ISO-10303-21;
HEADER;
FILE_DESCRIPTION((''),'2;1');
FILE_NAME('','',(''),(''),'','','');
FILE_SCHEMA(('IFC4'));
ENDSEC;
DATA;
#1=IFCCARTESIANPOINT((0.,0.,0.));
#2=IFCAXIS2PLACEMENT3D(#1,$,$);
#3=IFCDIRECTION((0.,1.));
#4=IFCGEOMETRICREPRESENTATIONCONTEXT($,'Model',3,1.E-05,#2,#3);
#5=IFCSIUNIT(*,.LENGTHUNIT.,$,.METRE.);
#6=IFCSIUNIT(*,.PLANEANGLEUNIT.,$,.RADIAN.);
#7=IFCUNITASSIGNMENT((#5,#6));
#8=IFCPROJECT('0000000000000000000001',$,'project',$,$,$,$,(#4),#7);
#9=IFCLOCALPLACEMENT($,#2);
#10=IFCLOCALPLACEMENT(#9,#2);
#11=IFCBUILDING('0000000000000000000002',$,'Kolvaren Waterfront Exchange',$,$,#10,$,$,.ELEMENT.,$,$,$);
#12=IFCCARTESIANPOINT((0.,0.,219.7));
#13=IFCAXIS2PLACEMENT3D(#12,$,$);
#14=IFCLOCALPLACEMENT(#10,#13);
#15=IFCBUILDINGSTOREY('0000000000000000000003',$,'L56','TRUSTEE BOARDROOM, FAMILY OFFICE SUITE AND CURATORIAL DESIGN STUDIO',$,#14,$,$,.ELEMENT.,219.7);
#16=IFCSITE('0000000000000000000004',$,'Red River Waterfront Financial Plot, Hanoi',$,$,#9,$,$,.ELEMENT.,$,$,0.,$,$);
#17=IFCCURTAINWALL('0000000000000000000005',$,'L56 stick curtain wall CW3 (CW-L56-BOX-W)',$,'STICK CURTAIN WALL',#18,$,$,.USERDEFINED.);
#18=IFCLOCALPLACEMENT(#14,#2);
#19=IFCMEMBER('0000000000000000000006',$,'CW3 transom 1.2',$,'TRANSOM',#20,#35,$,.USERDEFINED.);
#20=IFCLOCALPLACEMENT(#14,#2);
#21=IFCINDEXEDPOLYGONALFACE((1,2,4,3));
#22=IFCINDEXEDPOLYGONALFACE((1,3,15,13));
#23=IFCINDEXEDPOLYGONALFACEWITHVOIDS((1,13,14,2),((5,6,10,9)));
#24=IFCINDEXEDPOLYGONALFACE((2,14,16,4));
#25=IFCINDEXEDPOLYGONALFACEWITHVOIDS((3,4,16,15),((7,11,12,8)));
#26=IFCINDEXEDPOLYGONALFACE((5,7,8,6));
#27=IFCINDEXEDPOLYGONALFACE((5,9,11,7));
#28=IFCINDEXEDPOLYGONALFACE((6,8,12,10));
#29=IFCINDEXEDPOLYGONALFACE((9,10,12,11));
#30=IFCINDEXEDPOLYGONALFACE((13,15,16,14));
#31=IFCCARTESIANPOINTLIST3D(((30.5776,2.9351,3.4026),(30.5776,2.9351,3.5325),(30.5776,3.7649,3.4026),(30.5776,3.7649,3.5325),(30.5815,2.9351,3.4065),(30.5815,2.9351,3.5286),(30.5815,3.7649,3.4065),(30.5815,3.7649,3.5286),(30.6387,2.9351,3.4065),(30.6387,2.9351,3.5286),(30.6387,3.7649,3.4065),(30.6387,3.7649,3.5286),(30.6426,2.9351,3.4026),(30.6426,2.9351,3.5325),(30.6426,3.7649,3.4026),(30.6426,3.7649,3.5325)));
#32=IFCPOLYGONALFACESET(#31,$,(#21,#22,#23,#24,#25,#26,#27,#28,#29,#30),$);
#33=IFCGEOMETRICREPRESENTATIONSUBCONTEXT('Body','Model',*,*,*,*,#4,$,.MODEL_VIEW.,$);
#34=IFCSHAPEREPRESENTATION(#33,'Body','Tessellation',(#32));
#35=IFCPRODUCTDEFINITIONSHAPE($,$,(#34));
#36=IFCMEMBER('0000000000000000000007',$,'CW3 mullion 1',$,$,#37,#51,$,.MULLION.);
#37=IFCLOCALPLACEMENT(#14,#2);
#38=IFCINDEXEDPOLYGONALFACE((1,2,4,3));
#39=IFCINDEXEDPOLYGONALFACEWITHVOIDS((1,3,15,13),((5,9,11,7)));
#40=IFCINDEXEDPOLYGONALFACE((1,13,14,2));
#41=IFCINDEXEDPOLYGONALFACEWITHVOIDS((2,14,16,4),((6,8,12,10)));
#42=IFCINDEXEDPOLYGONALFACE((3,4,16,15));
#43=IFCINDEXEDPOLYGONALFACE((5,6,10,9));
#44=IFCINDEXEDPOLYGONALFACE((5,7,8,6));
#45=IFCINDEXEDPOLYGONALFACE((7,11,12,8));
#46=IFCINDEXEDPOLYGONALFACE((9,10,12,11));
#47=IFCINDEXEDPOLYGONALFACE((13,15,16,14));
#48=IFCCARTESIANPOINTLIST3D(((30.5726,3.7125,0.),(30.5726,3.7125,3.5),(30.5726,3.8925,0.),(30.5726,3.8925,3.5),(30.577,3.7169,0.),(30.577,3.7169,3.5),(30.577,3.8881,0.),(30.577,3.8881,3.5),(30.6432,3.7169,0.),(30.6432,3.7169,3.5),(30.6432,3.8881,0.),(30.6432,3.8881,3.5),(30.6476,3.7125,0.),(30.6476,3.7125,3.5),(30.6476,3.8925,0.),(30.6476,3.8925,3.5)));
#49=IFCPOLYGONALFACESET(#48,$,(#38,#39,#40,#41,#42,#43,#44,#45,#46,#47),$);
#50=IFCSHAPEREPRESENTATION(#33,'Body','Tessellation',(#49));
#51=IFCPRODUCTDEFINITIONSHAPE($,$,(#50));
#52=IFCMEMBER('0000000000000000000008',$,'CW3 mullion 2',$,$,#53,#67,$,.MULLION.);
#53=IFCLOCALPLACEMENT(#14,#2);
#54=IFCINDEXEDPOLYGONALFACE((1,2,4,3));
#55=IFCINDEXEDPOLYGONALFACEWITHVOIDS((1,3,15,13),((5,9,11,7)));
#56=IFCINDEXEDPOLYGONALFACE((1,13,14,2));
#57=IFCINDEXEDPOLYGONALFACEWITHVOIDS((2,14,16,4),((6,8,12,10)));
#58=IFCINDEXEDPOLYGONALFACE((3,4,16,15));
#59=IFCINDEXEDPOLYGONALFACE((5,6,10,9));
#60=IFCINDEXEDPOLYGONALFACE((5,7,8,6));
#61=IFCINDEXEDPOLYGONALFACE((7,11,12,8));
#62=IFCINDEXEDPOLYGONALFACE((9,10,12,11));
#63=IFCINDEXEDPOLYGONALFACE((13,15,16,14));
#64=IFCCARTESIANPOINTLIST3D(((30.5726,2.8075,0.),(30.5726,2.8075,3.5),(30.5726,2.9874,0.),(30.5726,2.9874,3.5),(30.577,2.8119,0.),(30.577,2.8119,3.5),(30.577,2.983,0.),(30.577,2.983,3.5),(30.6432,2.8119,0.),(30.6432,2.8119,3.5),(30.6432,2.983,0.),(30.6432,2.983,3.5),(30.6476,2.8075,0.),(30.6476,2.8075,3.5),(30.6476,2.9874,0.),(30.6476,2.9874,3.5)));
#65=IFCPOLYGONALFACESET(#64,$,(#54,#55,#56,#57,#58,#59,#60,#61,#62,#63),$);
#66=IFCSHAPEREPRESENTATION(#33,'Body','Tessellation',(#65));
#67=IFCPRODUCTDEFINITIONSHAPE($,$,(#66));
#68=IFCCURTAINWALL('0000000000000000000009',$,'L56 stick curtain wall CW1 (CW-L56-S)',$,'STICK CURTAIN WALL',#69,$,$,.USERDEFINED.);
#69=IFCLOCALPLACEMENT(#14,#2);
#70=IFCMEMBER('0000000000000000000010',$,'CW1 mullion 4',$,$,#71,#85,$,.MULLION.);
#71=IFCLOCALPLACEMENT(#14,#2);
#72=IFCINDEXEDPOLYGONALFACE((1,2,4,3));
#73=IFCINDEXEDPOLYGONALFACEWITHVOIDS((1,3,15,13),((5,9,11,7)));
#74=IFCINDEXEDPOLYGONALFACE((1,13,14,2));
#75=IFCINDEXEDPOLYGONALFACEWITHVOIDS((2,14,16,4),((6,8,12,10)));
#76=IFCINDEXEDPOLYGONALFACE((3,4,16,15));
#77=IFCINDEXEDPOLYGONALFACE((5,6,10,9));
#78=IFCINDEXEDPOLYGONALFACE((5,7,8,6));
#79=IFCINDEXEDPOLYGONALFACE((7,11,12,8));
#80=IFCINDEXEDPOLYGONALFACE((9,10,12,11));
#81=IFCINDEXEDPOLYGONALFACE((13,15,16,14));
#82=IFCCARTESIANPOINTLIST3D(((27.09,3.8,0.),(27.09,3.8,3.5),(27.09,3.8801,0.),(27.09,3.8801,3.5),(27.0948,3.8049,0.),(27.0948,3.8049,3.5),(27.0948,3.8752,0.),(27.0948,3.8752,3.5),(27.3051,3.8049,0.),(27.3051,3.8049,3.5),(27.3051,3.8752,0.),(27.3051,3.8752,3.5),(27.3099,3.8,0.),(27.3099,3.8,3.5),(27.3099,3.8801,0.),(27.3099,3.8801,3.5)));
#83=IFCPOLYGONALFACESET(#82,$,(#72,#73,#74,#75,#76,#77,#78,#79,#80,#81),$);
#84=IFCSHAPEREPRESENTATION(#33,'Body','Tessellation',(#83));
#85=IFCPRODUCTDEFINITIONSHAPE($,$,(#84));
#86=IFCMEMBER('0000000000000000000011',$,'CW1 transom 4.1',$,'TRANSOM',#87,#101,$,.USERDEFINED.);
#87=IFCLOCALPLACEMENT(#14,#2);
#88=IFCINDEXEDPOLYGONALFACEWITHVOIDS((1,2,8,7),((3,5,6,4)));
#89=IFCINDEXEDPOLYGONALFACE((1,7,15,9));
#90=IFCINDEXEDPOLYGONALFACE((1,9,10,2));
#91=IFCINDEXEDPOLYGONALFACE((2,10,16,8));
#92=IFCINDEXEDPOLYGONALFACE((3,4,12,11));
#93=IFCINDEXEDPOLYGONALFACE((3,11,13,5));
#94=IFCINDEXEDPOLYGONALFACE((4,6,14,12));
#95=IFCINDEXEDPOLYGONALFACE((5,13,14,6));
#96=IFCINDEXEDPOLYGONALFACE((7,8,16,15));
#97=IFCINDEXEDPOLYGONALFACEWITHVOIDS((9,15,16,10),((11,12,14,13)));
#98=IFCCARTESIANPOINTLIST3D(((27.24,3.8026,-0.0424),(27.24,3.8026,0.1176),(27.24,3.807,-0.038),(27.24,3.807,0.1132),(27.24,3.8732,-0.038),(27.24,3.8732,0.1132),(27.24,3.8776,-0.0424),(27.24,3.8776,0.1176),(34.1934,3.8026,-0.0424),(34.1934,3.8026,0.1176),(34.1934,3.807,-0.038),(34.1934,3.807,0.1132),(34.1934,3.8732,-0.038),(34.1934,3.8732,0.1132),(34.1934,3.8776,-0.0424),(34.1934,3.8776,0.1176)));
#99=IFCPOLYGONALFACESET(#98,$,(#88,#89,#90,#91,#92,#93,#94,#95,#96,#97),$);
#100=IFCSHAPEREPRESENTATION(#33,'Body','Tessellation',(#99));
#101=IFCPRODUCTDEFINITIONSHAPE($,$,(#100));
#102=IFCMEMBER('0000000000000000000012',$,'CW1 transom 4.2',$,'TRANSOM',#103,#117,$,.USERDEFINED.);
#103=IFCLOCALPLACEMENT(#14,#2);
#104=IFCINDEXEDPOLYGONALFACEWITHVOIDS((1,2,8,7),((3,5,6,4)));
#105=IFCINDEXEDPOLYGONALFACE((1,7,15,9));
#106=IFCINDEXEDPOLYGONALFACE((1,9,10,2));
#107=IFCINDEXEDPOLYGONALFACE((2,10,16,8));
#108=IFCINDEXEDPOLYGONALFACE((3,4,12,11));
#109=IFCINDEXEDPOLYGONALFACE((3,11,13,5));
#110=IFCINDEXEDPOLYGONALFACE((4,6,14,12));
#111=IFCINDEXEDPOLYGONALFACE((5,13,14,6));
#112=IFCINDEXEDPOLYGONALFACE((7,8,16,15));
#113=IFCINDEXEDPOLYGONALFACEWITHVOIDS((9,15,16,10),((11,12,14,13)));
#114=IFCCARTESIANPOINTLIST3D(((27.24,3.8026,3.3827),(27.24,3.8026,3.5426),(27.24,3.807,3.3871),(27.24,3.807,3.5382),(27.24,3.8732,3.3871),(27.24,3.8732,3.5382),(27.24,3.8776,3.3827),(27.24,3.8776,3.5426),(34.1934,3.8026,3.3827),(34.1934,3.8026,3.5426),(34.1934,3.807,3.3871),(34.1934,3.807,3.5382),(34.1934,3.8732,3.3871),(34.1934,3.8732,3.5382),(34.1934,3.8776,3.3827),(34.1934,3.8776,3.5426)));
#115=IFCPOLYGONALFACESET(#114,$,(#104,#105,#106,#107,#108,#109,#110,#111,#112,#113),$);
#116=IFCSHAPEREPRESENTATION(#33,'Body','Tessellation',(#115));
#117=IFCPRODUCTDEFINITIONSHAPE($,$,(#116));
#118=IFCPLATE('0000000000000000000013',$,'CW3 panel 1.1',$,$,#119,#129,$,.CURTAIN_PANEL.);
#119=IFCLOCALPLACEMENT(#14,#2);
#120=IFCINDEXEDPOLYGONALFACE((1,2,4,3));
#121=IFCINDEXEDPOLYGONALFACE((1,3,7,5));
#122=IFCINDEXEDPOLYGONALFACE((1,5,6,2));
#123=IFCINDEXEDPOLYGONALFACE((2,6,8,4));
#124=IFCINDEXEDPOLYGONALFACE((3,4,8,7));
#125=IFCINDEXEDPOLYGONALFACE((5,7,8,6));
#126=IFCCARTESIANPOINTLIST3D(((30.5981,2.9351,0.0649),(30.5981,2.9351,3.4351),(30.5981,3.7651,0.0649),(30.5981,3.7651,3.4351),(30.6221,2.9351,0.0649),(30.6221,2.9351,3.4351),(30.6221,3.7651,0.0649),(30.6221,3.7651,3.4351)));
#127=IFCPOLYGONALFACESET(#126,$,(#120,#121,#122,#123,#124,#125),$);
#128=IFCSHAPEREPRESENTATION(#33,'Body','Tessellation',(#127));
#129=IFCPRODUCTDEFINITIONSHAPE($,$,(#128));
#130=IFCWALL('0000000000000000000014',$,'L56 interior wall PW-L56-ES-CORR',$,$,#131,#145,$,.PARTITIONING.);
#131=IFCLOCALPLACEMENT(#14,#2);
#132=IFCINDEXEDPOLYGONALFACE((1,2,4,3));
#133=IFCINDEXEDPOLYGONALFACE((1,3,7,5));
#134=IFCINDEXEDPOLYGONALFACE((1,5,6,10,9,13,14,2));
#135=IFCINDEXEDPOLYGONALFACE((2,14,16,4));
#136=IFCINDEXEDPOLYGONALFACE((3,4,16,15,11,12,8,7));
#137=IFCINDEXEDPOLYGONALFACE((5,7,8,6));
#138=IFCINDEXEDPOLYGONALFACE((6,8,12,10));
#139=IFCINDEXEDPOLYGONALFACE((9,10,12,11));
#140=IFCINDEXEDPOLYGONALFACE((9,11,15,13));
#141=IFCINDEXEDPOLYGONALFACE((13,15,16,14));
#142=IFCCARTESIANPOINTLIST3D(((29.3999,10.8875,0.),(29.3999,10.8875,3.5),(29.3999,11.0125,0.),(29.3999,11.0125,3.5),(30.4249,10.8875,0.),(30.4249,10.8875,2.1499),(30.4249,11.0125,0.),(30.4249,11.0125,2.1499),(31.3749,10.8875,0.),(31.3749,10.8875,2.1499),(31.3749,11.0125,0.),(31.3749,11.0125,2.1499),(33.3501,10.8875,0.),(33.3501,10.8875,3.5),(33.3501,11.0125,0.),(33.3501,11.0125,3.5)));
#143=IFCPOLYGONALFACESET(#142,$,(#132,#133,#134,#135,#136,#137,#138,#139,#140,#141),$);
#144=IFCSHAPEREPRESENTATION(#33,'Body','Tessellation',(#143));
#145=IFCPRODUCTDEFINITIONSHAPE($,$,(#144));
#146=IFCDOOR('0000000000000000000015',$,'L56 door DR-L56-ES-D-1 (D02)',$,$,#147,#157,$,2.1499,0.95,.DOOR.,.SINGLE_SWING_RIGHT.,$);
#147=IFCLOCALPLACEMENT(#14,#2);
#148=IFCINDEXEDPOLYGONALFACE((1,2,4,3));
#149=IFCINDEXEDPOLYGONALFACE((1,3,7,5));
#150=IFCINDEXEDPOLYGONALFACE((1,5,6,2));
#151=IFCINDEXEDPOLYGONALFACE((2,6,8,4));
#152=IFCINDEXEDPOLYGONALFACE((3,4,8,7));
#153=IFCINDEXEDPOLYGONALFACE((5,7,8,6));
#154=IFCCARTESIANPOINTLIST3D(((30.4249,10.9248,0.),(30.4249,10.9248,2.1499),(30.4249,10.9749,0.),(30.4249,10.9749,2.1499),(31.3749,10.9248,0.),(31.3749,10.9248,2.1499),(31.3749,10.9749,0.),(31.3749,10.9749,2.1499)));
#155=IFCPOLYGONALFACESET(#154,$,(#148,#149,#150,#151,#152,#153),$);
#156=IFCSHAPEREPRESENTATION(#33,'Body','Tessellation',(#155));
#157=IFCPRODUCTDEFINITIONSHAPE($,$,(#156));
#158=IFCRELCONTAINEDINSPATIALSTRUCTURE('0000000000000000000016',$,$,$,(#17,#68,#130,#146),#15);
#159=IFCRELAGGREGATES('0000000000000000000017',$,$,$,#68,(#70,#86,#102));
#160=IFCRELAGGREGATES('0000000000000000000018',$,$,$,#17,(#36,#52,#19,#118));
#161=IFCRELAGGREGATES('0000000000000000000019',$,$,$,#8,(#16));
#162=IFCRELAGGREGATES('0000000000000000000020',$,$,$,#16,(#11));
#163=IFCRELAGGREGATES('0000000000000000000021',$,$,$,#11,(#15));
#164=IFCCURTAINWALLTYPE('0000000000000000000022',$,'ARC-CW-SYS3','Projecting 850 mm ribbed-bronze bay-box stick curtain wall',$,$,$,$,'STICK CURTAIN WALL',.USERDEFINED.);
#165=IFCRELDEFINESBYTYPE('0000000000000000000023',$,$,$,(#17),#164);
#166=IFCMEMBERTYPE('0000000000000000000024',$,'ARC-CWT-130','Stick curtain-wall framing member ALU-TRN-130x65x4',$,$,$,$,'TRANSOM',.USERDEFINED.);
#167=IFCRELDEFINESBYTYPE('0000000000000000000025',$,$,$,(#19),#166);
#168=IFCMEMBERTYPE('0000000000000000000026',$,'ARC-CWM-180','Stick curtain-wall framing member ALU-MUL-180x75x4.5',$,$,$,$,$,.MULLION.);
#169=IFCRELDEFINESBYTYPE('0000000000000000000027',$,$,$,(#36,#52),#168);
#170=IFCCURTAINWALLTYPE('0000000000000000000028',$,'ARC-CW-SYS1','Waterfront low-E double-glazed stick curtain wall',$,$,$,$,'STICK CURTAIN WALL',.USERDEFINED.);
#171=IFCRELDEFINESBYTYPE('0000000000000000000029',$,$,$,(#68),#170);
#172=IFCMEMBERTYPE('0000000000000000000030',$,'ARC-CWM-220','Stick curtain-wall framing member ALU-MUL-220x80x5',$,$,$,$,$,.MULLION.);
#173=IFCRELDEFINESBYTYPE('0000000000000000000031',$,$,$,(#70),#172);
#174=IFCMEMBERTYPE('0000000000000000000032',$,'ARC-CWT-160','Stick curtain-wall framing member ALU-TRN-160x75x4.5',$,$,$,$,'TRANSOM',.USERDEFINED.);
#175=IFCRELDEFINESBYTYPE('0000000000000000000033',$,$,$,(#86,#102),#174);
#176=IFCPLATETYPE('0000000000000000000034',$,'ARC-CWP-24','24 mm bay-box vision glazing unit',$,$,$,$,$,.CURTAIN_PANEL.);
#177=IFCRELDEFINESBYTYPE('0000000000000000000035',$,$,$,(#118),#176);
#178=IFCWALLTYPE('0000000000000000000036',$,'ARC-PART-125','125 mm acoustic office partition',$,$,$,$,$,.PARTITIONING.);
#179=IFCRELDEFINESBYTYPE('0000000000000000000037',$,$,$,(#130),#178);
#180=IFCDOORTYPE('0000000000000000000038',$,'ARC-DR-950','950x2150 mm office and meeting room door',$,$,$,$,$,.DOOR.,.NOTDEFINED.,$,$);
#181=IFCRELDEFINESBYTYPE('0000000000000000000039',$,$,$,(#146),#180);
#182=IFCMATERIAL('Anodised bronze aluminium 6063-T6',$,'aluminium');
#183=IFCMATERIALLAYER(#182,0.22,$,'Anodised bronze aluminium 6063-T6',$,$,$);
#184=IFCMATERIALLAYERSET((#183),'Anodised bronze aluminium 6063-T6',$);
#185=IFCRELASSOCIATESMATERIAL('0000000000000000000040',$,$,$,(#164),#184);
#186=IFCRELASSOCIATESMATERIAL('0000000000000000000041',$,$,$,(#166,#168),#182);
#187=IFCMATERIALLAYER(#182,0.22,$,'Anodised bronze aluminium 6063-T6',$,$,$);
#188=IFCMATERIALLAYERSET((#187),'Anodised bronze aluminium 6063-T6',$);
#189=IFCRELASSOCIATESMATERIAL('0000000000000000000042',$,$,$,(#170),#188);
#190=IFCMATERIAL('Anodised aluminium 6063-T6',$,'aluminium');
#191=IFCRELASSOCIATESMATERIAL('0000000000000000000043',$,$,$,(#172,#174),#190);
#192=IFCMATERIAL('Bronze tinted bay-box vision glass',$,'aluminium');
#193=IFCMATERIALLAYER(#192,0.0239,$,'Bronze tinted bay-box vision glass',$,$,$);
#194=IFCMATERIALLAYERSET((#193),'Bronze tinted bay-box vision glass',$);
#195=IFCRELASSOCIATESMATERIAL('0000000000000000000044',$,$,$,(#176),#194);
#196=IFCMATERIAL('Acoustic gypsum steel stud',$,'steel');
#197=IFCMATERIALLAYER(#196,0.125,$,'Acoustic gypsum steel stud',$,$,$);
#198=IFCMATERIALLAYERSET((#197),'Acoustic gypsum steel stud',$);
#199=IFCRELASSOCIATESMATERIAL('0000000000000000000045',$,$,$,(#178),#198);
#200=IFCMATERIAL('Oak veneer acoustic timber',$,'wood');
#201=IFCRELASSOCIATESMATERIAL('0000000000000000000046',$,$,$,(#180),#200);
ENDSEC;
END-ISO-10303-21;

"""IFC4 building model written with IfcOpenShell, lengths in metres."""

from ifc_helpers import new_model, si_unit, direction, frame, frame_2d, origin, origin_with_axes, origin_2d, place, context, subcontext, project, spatial, rectangle, hollow_rectangle, extrude, source, transform, mapped, material, layer, layer_set, material_profile, profile_set, type_object, element, fill, aggregate, save


model = new_model("IFC4")

# Units and contexts
model_context = context("Model", 3, precision=1e-05, world=origin(), true_north=direction((0.0, 1.0)))
body_context = subcontext(model_context, "Body", "Model", "MODEL_VIEW")
ifc_project = project(units=[si_unit("LENGTHUNIT", "METRE"), si_unit("PLANEANGLEUNIT", "RADIAN")], contexts=[model_context])

# Site, building, storey
site_placement = place(None, origin())
site = spatial("IfcSite", under=ifc_project, at=site_placement, Name="Red River Waterfront Financial Plot, Hanoi", CompositionType="ELEMENT", RefElevation=0.0)
building_placement = place(site_placement, origin())
building = spatial("IfcBuilding", under=site, at=building_placement, Name="Kolvaren Waterfront Exchange", CompositionType="ELEMENT")
storey_placement = place(building_placement, frame((0.0, 0.0, 219.7)))
storey = spatial("IfcBuildingStorey", under=building, at=storey_placement, Name="L56", Description="TRUSTEE BOARDROOM, FAMILY OFFICE SUITE AND CURATORIAL DESIGN STUDIO", CompositionType="ELEMENT", Elevation=219.7)

# Curtain walls, members
ifc_material_1 = material(Name="Anodised bronze aluminium 6063-T6", Category="aluminium")
ifc_layer_1 = layer(ifc_material_1, 0.22, Name="Anodised bronze aluminium 6063-T6")
ifc_layer_set_1 = layer_set([ifc_layer_1], Name="Anodised bronze aluminium 6063-T6")
curtain_wall_type_1 = type_object("IfcCurtainWallType", Name="ARC-CW-SYS3", Description="Projecting 850 mm ribbed-bronze bay-box stick curtain wall", ElementType="STICK CURTAIN WALL", PredefinedType="USERDEFINED", material=ifc_layer_set_1)
curtain_wall_1_placement = place(storey_placement, origin())
curtain_wall_1 = element("IfcCurtainWall", 1, at=curtain_wall_1_placement, inside=storey, type_object=curtain_wall_type_1, Name="L56 stick curtain wall CW3 (CW-L56-BOX-W)", ObjectType="STICK CURTAIN WALL", PredefinedType="USERDEFINED")
ifc_material_profile_1 = material_profile(ifc_material_1, hollow_rectangle(XDim=0.0649, YDim=0.1299, WallThickness=0.0039, at=origin_2d()), Name="ALU-TRN-130x65x4")
ifc_profile_set_1 = profile_set([ifc_material_profile_1], Name="Anodised bronze aluminium 6063-T6")
member_type_1 = type_object("IfcMemberType", Name="ARC-CWT-130", Description="Stick curtain-wall framing member ALU-TRN-130x65x4", ElementType="TRANSOM", PredefinedType="USERDEFINED", material=ifc_profile_set_1)
shared_shape_1 = source(origin_with_axes(), body_context, "Body", "SweptSolid", [
    extrude(hollow_rectangle(XDim=0.0649, YDim=0.1299, WallThickness=0.0039, at=origin_2d()), origin(), (0.0, 0.0, 1.0), 0.8298),
])
member_1_placement = place(storey_placement, frame((30.6101, 3.7649, 3.4675), z_axis=(0.0, -1.0, 0.0), x_axis=(1.0, 0.0, 0.0)))
member_1 = element("IfcMember", 2, at=member_1_placement, type_object=member_type_1, Name="CW3 transom 1.2", ObjectType="TRANSOM", PredefinedType="USERDEFINED", context=body_context, shape_type="MappedRepresentation", body=[
    mapped(shared_shape_1, transform((0.0, 0.0, 0.0), x_axis=(1.0, 0.0, 0.0), y_axis=(0.0, 1.0, 0.0), z_axis=(0.0, 0.0, 1.0), scale=1.0)),
])
ifc_material_profile_2 = material_profile(ifc_material_1, hollow_rectangle(XDim=0.075, YDim=0.1799, WallThickness=0.0044, at=origin_2d()), Name="ALU-MUL-180x75x4.5")
ifc_profile_set_2 = profile_set([ifc_material_profile_2], Name="Anodised bronze aluminium 6063-T6")
member_type_2 = type_object("IfcMemberType", Name="ARC-CWM-180", Description="Stick curtain-wall framing member ALU-MUL-180x75x4.5", PredefinedType="MULLION", material=ifc_profile_set_2)
shared_shape_2 = source(origin_with_axes(), body_context, "Body", "SweptSolid", [
    extrude(hollow_rectangle(XDim=0.075, YDim=0.1799, WallThickness=0.0044, at=origin_2d()), origin(), (0.0, 0.0, 1.0), 3.5),
])
member_2_placement = place(storey_placement, frame((30.6101, 3.8025, 0.0), z_axis=(0.0, 0.0, 1.0), x_axis=(1.0, 0.0, 0.0)))
member_2 = element("IfcMember", 3, at=member_2_placement, type_object=member_type_2, Name="CW3 mullion 1", PredefinedType="MULLION", context=body_context, shape_type="MappedRepresentation", body=[
    mapped(shared_shape_2, transform((0.0, 0.0, 0.0), x_axis=(1.0, 0.0, 0.0), y_axis=(0.0, 1.0, 0.0), z_axis=(0.0, 0.0, 1.0), scale=1.0)),
])
member_3_placement = place(storey_placement, frame((30.6101, 2.8975, 0.0), z_axis=(0.0, 0.0, 1.0), x_axis=(1.0, 0.0, 0.0)))
member_3 = element("IfcMember", 4, at=member_3_placement, type_object=member_type_2, Name="CW3 mullion 2", PredefinedType="MULLION", context=body_context, shape_type="MappedRepresentation", body=[
    mapped(shared_shape_2, transform((0.0, 0.0, 0.0), x_axis=(1.0, 0.0, 0.0), y_axis=(0.0, 1.0, 0.0), z_axis=(0.0, 0.0, 1.0), scale=1.0)),
])
ifc_layer_2 = layer(ifc_material_1, 0.22, Name="Anodised bronze aluminium 6063-T6")
ifc_layer_set_2 = layer_set([ifc_layer_2], Name="Anodised bronze aluminium 6063-T6")
curtain_wall_type_2 = type_object("IfcCurtainWallType", Name="ARC-CW-SYS1", Description="Waterfront low-E double-glazed stick curtain wall", ElementType="STICK CURTAIN WALL", PredefinedType="USERDEFINED", material=ifc_layer_set_2)
curtain_wall_2_placement = place(storey_placement, origin())
curtain_wall_2 = element("IfcCurtainWall", 5, at=curtain_wall_2_placement, inside=storey, type_object=curtain_wall_type_2, Name="L56 stick curtain wall CW1 (CW-L56-S)", ObjectType="STICK CURTAIN WALL", PredefinedType="USERDEFINED")
ifc_material_2 = material(Name="Anodised aluminium 6063-T6", Category="aluminium")
ifc_material_profile_3 = material_profile(ifc_material_2, hollow_rectangle(XDim=0.0801, YDim=0.22, WallThickness=0.0049, at=origin_2d()), Name="ALU-MUL-220x80x5")
ifc_profile_set_3 = profile_set([ifc_material_profile_3], Name="Anodised aluminium 6063-T6")
member_type_3 = type_object("IfcMemberType", Name="ARC-CWM-220", Description="Stick curtain-wall framing member ALU-MUL-220x80x5", PredefinedType="MULLION", material=ifc_profile_set_3)
shared_shape_3 = source(origin_with_axes(), body_context, "Body", "SweptSolid", [
    extrude(hollow_rectangle(XDim=0.0801, YDim=0.22, WallThickness=0.0049, at=origin_2d()), origin(), (0.0, 0.0, 1.0), 3.5),
])
member_4_placement = place(storey_placement, frame((27.2, 3.8401, 0.0), z_axis=(0.0, 0.0, 1.0), x_axis=(0.0, 1.0, 0.0)))
member_4 = element("IfcMember", 6, at=member_4_placement, type_object=member_type_3, Name="CW1 mullion 4", PredefinedType="MULLION", context=body_context, shape_type="MappedRepresentation", body=[
    mapped(shared_shape_3, transform((0.0, 0.0, 0.0), x_axis=(1.0, 0.0, 0.0), y_axis=(0.0, 1.0, 0.0), z_axis=(0.0, 0.0, 1.0), scale=1.0)),
])
ifc_material_profile_4 = material_profile(ifc_material_2, hollow_rectangle(XDim=0.075, YDim=0.1599, WallThickness=0.0044, at=origin_2d()), Name="ALU-TRN-160x75x4.5")
ifc_profile_set_4 = profile_set([ifc_material_profile_4], Name="Anodised aluminium 6063-T6")
member_type_4 = type_object("IfcMemberType", Name="ARC-CWT-160", Description="Stick curtain-wall framing member ALU-TRN-160x75x4.5", ElementType="TRANSOM", PredefinedType="USERDEFINED", material=ifc_profile_set_4)
shared_shape_4 = source(origin_with_axes(), body_context, "Body", "SweptSolid", [
    extrude(hollow_rectangle(XDim=0.075, YDim=0.1599, WallThickness=0.0044, at=origin_2d()), origin(), (0.0, 0.0, 1.0), 6.9534),
])
member_5_placement = place(storey_placement, frame((27.24, 3.8401, 0.0376), z_axis=(1.0, 0.0, 0.0), x_axis=(0.0, 1.0, 0.0)))
member_5 = element("IfcMember", 7, at=member_5_placement, type_object=member_type_4, Name="CW1 transom 4.1", ObjectType="TRANSOM", PredefinedType="USERDEFINED", context=body_context, shape_type="MappedRepresentation", body=[
    mapped(shared_shape_4, transform((0.0, 0.0, 0.0), x_axis=(1.0, 0.0, 0.0), y_axis=(0.0, 1.0, 0.0), z_axis=(0.0, 0.0, 1.0), scale=1.0)),
])
member_6_placement = place(storey_placement, frame((27.24, 3.8401, 3.4626), z_axis=(1.0, 0.0, 0.0), x_axis=(0.0, 1.0, 0.0)))
member_6 = element("IfcMember", 8, at=member_6_placement, type_object=member_type_4, Name="CW1 transom 4.2", ObjectType="TRANSOM", PredefinedType="USERDEFINED", context=body_context, shape_type="MappedRepresentation", body=[
    mapped(shared_shape_4, transform((0.0, 0.0, 0.0), x_axis=(1.0, 0.0, 0.0), y_axis=(0.0, 1.0, 0.0), z_axis=(0.0, 0.0, 1.0), scale=1.0)),
])
aggregate(curtain_wall_2, [member_4, member_5, member_6])

# Plate
ifc_material_3 = material(Name="Bronze tinted bay-box vision glass", Category="aluminium")
ifc_layer_3 = layer(ifc_material_3, 0.0239, Name="Bronze tinted bay-box vision glass")
ifc_layer_set_3 = layer_set([ifc_layer_3], Name="Bronze tinted bay-box vision glass")
plate_type = type_object("IfcPlateType", Name="ARC-CWP-24", Description="24 mm bay-box vision glazing unit", PredefinedType="CURTAIN_PANEL", material=ifc_layer_set_3)
shared_shape_5 = source(origin_with_axes(), body_context, "Body", "SweptSolid", [
    extrude(rectangle(XDim=0.8301, YDim=0.0239, at=origin_2d()), origin(), (0.0, 0.0, 1.0), 3.3701),
])
plate_placement = place(storey_placement, frame((30.6101, 3.3501, 0.0649), z_axis=(0.0, 0.0, 1.0), x_axis=(0.0, -1.0, 0.0)))
plate = element("IfcPlate", 9, at=plate_placement, type_object=plate_type, Name="CW3 panel 1.1", PredefinedType="CURTAIN_PANEL", context=body_context, shape_type="MappedRepresentation", body=[
    mapped(shared_shape_5, transform((0.0, 0.0, 0.0), x_axis=(1.0, 0.0, 0.0), y_axis=(0.0, 1.0, 0.0), z_axis=(0.0, 0.0, 1.0), scale=1.0)),
])
aggregate(curtain_wall_1, [member_2, member_3, member_1, plate])

# Wall, opening, door
ifc_material_4 = material(Name="Acoustic gypsum steel stud", Category="steel")
ifc_layer_4 = layer(ifc_material_4, 0.125, Name="Acoustic gypsum steel stud")
ifc_layer_set_4 = layer_set([ifc_layer_4], Name="Acoustic gypsum steel stud")
wall_type_1 = type_object("IfcWallType", Name="ARC-PART-125", Description="125 mm acoustic office partition", PredefinedType="PARTITIONING", material=ifc_layer_set_4)
wall_1_placement = place(storey_placement, frame((29.3999, 10.95, 0.0), z_axis=(0.0, 0.0, 1.0), x_axis=(1.0, 0.0, 0.0)))
wall_1 = element("IfcWall", 10, at=wall_1_placement, inside=storey, type_object=wall_type_1, Name="L56 interior wall PW-L56-ES-CORR", PredefinedType="PARTITIONING", context=body_context, shape_type="SweptSolid", body=[
    extrude(rectangle(XDim=3.9502, YDim=0.125, at=frame_2d((1.9751, 0.0))), origin(), (0.0, 0.0, 1.0), 3.5),
])
opening_1_placement = place(wall_1_placement, frame((1.0249, 0.0, 0.0)))
opening_1 = element("IfcOpeningElement", 11, at=opening_1_placement, cuts=wall_1, PredefinedType="OPENING", context=body_context, shape_type="SweptSolid", body=[
    extrude(rectangle(XDim=0.95, YDim=2.1499, at=frame_2d((0.4751, 1.075))), frame((0.0, 0.0725, 0.0), z_axis=(0.0, -1.0, 0.0), x_axis=(1.0, 0.0, 0.0)), (0.0, 0.0, 1.0), 0.145),
])
ifc_material_5 = material(Name="Oak veneer acoustic timber", Category="wood")
door_type_1 = type_object("IfcDoorType", Name="ARC-DR-950", Description="950x2150 mm office and meeting room door", OperationType="NOTDEFINED", PredefinedType="DOOR", material=ifc_material_5)
door_1_placement = place(opening_1_placement, origin())
door_1 = element("IfcDoor", 12, at=door_1_placement, inside=storey, type_object=door_type_1, Name="L56 door DR-L56-ES-D-1 (D02)", OperationType="SINGLE_SWING_RIGHT", OverallHeight=2.1499, OverallWidth=0.95, PredefinedType="DOOR", context=body_context, shape_type="SweptSolid", body=[
    extrude(rectangle(XDim=0.95, YDim=2.1499, at=frame_2d((0.4751, 1.075))), frame((0.0, 0.0249, 0.0), z_axis=(0.0, -1.0, 0.0), x_axis=(1.0, 0.0, 0.0)), (0.0, 0.0, 1.0), 0.05),
])
fill(opening_1, door_1)

save(model, "model.ifc")
